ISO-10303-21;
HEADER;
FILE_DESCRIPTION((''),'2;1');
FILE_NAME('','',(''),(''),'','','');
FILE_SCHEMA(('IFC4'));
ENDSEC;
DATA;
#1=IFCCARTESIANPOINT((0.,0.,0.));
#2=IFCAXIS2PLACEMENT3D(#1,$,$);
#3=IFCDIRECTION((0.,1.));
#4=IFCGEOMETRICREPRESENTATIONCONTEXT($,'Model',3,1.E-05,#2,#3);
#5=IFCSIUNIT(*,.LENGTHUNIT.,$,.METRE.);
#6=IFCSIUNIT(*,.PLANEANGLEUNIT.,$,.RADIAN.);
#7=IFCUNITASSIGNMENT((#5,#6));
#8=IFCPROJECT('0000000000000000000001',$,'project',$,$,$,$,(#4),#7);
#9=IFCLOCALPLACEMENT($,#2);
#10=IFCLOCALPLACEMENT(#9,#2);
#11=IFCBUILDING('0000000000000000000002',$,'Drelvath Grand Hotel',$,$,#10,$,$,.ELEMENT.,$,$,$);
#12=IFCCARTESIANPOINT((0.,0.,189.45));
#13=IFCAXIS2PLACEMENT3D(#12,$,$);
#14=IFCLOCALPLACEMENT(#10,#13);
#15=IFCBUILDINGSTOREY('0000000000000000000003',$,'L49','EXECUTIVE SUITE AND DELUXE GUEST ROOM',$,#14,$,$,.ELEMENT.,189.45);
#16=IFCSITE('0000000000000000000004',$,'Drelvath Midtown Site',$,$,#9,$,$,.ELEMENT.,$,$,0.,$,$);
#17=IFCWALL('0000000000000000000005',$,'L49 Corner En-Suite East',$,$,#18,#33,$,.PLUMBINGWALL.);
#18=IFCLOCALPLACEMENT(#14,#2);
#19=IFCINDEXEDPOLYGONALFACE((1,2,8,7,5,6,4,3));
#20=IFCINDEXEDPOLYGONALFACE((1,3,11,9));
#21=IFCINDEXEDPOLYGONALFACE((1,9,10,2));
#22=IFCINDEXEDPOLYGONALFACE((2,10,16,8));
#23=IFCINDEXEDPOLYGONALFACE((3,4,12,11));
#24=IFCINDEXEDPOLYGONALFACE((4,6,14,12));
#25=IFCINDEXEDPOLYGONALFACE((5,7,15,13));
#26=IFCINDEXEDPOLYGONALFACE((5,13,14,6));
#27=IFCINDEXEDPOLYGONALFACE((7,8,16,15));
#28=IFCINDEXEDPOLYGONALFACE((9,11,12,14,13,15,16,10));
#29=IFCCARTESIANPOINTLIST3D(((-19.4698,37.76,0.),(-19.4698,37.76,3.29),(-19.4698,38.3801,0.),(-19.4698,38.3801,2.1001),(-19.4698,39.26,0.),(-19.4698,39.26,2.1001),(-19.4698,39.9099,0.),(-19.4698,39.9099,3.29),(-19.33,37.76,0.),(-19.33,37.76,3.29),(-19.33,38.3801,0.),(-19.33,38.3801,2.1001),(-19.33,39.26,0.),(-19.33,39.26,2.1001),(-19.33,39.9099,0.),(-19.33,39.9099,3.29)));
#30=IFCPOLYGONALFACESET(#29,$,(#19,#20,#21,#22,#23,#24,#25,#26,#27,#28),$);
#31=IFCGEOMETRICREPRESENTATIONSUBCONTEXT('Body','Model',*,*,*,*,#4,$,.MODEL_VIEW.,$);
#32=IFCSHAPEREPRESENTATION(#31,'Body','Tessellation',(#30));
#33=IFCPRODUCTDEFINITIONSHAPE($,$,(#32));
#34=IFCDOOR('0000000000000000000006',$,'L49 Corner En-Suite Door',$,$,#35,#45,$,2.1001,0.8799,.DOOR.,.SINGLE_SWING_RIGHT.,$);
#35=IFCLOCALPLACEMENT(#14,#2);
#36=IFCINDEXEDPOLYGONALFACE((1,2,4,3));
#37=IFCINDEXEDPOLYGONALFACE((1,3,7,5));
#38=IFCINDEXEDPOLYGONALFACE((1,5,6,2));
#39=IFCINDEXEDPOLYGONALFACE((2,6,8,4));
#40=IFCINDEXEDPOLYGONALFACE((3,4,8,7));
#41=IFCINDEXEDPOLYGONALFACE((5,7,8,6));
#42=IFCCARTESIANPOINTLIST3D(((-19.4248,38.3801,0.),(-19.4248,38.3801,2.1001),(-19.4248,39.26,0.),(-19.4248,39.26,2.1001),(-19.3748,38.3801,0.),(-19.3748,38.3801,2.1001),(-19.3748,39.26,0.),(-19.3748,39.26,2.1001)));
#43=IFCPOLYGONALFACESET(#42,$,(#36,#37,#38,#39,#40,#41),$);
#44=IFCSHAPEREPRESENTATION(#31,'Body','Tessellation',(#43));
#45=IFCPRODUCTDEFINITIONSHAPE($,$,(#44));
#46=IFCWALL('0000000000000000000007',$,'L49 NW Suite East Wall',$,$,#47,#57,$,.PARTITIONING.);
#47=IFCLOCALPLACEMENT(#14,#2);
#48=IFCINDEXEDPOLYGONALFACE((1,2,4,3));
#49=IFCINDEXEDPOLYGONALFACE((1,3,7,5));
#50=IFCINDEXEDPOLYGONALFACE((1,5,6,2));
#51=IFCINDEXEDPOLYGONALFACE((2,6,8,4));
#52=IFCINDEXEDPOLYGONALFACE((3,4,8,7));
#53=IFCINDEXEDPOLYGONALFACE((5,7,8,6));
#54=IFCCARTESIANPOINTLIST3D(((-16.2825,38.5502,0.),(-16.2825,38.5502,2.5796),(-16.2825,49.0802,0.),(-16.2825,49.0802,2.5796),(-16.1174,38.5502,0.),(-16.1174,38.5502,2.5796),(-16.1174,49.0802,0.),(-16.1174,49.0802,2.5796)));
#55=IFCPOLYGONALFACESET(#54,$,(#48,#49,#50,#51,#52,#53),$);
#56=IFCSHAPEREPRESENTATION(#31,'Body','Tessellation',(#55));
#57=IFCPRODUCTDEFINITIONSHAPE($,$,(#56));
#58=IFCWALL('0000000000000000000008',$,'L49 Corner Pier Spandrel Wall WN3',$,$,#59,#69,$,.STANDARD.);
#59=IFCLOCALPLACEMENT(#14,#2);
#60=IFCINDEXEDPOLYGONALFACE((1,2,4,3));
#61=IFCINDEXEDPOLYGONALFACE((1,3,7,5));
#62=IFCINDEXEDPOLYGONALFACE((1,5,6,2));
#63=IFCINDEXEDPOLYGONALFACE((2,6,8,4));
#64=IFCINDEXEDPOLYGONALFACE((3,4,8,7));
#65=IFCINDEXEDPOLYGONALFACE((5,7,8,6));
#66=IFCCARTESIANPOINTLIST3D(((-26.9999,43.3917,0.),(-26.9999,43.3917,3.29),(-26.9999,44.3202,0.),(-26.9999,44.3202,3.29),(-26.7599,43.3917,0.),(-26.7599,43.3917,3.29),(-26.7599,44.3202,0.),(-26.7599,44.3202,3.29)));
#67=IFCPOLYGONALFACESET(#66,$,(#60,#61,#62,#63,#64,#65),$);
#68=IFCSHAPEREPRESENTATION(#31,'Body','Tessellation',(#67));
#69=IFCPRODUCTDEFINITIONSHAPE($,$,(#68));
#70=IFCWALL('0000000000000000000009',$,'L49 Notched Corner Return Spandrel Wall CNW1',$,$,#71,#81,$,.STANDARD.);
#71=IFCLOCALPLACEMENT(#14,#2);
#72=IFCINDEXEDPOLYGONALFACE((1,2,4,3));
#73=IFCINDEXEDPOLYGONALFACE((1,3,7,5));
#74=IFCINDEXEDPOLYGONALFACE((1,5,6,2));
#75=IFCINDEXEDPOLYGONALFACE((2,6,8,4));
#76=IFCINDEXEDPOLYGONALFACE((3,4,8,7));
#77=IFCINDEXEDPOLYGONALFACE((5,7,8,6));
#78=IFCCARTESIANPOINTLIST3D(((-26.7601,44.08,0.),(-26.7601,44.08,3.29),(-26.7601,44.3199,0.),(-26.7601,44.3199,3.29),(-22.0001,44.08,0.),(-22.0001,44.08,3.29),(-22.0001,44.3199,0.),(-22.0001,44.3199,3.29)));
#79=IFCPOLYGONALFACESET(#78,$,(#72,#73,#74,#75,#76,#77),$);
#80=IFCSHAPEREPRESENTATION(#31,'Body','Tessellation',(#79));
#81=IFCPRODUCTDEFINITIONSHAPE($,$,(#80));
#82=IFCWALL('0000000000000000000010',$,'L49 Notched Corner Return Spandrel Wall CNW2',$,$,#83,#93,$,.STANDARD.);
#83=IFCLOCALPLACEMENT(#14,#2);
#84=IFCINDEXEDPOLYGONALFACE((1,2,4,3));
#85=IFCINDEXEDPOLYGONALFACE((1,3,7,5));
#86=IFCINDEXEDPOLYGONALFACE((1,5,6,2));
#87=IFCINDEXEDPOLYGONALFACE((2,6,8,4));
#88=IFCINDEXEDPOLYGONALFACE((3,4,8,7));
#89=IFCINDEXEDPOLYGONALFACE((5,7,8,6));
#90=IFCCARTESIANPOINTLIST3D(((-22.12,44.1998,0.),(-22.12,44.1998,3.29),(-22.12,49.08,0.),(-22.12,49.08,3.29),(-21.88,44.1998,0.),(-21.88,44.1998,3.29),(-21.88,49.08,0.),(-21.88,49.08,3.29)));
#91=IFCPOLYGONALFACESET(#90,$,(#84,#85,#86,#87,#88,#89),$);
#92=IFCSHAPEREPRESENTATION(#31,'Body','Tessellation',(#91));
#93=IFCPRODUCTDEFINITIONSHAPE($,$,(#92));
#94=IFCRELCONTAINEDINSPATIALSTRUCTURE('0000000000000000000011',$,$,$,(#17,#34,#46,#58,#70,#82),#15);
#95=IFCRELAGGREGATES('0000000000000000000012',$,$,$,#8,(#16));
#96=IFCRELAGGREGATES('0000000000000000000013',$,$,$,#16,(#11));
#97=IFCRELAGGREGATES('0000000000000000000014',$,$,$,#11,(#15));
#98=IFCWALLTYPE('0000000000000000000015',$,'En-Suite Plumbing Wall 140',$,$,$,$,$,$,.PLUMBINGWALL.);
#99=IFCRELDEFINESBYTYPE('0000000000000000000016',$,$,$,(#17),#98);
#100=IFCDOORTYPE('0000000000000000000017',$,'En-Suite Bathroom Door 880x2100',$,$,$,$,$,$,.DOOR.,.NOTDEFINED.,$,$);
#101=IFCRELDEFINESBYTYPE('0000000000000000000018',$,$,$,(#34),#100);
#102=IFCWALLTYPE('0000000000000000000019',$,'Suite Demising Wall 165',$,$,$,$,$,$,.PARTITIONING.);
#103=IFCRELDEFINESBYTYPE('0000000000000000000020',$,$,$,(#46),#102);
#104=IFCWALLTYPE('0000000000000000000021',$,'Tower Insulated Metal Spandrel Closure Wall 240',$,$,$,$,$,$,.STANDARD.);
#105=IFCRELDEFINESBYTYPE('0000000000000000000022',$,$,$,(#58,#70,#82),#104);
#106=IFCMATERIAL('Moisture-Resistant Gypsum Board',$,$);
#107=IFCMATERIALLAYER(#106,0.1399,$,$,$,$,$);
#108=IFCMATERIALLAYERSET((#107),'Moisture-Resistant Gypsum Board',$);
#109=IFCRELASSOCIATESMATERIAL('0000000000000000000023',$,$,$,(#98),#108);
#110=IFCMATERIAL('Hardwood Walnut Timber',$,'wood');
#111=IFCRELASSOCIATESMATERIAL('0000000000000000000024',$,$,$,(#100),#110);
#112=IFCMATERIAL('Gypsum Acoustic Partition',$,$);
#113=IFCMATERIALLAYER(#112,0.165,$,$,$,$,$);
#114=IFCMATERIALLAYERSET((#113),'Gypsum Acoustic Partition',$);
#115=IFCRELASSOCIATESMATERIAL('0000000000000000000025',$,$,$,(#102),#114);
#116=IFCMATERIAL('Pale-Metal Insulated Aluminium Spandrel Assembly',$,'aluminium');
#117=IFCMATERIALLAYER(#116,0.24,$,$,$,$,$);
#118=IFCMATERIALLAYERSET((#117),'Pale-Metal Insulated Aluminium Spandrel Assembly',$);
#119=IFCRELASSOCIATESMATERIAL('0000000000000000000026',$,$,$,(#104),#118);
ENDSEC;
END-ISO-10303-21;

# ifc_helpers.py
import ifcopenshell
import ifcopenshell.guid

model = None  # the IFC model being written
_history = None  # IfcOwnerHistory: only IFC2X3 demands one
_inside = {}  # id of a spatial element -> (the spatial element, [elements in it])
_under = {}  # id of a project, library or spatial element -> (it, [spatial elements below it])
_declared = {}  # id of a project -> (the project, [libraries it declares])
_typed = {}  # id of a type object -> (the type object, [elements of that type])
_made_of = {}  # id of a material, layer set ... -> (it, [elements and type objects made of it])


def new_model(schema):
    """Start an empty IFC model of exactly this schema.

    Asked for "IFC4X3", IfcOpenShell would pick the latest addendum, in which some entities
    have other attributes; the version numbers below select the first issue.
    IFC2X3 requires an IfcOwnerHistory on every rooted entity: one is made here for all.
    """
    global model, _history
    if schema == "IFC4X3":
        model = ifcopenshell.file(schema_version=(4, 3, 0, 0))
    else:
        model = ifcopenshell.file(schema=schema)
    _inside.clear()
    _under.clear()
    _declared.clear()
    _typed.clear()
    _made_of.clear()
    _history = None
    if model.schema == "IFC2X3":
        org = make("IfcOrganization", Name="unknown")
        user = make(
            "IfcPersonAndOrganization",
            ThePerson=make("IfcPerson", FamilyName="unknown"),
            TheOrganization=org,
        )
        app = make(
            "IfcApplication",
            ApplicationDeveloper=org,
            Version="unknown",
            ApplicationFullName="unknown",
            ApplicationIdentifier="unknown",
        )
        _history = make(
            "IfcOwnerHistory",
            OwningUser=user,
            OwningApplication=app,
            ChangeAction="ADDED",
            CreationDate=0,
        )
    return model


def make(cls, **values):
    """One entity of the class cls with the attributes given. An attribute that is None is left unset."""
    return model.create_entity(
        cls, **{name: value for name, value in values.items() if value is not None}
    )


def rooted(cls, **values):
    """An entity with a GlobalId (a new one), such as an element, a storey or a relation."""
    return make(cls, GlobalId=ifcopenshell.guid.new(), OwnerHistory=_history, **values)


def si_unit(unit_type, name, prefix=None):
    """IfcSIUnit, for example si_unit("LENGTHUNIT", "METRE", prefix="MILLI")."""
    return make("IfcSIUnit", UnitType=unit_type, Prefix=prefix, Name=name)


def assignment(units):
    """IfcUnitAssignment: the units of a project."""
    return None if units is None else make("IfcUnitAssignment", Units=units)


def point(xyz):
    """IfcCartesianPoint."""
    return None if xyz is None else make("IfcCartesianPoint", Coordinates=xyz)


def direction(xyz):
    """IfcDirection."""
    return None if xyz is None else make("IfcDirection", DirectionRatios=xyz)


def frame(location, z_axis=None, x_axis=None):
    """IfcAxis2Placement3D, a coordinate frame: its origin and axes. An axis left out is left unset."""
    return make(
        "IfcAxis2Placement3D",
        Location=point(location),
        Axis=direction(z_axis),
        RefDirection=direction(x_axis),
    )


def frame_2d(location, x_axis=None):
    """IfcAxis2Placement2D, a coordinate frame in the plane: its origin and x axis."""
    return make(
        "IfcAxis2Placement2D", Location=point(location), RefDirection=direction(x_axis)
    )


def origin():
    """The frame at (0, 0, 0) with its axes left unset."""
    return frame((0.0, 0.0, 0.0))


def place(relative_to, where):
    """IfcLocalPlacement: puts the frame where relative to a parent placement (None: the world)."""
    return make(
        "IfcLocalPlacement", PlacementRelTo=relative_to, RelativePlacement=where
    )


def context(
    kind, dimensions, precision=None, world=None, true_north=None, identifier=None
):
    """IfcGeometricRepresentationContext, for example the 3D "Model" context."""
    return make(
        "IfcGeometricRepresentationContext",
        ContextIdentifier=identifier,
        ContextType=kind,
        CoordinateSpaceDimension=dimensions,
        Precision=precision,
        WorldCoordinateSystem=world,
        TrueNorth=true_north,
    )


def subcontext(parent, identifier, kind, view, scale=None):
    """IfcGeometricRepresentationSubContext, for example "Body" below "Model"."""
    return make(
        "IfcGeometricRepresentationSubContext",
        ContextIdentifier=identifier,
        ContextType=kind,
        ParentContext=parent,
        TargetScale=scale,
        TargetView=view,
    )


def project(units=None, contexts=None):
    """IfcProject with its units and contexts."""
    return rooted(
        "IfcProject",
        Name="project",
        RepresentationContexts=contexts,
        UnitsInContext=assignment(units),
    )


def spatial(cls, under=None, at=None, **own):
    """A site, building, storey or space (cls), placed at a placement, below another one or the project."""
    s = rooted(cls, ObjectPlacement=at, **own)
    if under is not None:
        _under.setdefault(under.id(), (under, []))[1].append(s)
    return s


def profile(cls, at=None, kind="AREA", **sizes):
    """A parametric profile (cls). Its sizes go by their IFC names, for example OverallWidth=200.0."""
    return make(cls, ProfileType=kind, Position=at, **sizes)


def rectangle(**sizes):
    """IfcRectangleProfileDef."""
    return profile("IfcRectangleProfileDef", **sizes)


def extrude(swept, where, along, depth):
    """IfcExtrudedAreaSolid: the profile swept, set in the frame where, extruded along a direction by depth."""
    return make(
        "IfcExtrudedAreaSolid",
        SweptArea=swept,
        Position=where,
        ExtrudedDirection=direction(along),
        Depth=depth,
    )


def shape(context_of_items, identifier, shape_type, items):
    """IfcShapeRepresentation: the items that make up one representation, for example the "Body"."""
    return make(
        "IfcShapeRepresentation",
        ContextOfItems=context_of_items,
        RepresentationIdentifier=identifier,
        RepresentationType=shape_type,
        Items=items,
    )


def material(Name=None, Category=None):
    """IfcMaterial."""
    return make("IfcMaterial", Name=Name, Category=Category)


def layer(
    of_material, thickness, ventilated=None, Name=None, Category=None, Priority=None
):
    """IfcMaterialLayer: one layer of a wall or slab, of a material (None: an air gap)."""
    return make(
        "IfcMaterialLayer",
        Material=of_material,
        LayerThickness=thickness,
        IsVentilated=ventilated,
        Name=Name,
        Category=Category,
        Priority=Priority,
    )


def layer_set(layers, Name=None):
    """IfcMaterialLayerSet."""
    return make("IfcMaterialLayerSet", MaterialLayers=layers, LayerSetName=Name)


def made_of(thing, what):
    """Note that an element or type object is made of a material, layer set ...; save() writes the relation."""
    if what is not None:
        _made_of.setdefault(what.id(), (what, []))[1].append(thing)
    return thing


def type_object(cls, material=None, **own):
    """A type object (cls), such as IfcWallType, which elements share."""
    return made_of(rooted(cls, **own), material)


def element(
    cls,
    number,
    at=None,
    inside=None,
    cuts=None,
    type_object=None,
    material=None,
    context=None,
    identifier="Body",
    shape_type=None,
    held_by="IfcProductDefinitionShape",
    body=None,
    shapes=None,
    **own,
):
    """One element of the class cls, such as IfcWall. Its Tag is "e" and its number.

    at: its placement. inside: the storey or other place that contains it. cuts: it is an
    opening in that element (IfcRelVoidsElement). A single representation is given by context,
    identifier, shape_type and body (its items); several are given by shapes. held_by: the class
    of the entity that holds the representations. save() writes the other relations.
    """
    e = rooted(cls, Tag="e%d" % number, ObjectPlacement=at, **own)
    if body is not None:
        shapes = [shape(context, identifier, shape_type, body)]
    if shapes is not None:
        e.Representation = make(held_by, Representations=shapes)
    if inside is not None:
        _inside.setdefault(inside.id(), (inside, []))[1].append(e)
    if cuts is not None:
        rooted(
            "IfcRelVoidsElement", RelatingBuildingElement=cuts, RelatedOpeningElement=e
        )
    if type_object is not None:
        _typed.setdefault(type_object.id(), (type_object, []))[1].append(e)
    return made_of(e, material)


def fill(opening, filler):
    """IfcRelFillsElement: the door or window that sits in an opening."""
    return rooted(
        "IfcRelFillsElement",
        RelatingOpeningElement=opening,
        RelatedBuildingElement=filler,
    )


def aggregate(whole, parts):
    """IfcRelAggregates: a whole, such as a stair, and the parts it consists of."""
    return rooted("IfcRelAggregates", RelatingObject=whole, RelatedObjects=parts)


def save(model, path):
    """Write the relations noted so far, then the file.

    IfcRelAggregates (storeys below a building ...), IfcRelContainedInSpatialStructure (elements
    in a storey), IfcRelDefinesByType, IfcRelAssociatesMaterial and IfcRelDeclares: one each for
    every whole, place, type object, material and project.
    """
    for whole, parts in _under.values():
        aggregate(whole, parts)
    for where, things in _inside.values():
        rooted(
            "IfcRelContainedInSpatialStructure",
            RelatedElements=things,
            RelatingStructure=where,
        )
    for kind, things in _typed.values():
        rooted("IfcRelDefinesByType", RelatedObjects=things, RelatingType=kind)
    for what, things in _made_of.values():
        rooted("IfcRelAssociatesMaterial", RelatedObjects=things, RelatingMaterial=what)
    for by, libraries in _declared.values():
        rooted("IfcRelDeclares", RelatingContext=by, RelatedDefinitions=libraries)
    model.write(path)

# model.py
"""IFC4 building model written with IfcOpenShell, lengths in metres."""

from ifc_helpers import new_model, si_unit, direction, frame, frame_2d, origin, place, context, subcontext, project, spatial, rectangle, extrude, material, layer, layer_set, type_object, element, fill, save


model = new_model("IFC4")

# Units and contexts
model_context = context("Model", 3, precision=1e-05, world=origin(), true_north=direction((0.0, 1.0)))
body_context = subcontext(model_context, "Body", "Model", "MODEL_VIEW")
ifc_project = project(units=[si_unit("LENGTHUNIT", "METRE"), si_unit("PLANEANGLEUNIT", "RADIAN")], contexts=[model_context])

# Site, building, storey
site_placement = place(None, origin())
site = spatial("IfcSite", under=ifc_project, at=site_placement, Name="Drelvath Midtown Site", CompositionType="ELEMENT", RefElevation=0.0)
building_placement = place(site_placement, origin())
building = spatial("IfcBuilding", under=site, at=building_placement, Name="Drelvath Grand Hotel", CompositionType="ELEMENT")
storey_placement = place(building_placement, frame((0.0, 0.0, 189.45)))
storey = spatial("IfcBuildingStorey", under=building, at=storey_placement, Name="L49", Description="EXECUTIVE SUITE AND DELUXE GUEST ROOM", CompositionType="ELEMENT", Elevation=189.45)

# Shared definitions
ifc_material_1 = material(Name="Hardwood Walnut Timber", Category="wood")

# Shared definitions
ifc_material_2 = material(Name="Moisture-Resistant Gypsum Board")
ifc_layer_1 = layer(ifc_material_2, 0.1399)
ifc_layer_set_1 = layer_set([ifc_layer_1], Name="Moisture-Resistant Gypsum Board")
wall_type_1 = type_object("IfcWallType", Name="En-Suite Plumbing Wall 140", PredefinedType="PLUMBINGWALL", material=ifc_layer_set_1)

# Wall, opening, door
wall_1_placement = place(storey_placement, frame((-19.3999, 37.76, 0.0), z_axis=(0.0, 0.0, 1.0), x_axis=(0.0, 1.0, 0.0)))
wall_1 = element("IfcWall", 1, at=wall_1_placement, inside=storey, type_object=wall_type_1, Name="L49 Corner En-Suite East", PredefinedType="PLUMBINGWALL", context=body_context, shape_type="SweptSolid", body=[
    extrude(rectangle(XDim=2.1499, YDim=0.1399, at=frame_2d((1.075, 0.0))), origin(), (0.0, 0.0, 1.0), 3.29),
])
opening_1_placement = place(wall_1_placement, frame((0.6201, 0.0, 0.0)))
opening_1 = element("IfcOpeningElement", 2, at=opening_1_placement, cuts=wall_1, PredefinedType="OPENING", context=body_context, shape_type="SweptSolid", body=[
    extrude(rectangle(XDim=0.8799, YDim=2.1001, at=frame_2d((0.4399, 1.05))), frame((0.0, 0.0798, 0.0), z_axis=(0.0, -1.0, 0.0), x_axis=(1.0, 0.0, 0.0)), (0.0, 0.0, 1.0), 0.1599),
])
door_type_1 = type_object("IfcDoorType", Name="En-Suite Bathroom Door 880x2100", OperationType="NOTDEFINED", PredefinedType="DOOR", material=ifc_material_1)
door_1_placement = place(opening_1_placement, origin())
door_1 = element("IfcDoor", 3, at=door_1_placement, inside=storey, type_object=door_type_1, Name="L49 Corner En-Suite Door", OperationType="SINGLE_SWING_RIGHT", OverallHeight=2.1001, OverallWidth=0.8799, PredefinedType="DOOR", context=body_context, shape_type="SweptSolid", body=[
    extrude(rectangle(XDim=0.8799, YDim=2.1001, at=frame_2d((0.4399, 1.05))), frame((0.0, 0.0249, 0.0), z_axis=(0.0, -1.0, 0.0), x_axis=(1.0, 0.0, 0.0)), (0.0, 0.0, 1.0), 0.05),
])
fill(opening_1, door_1)

# Walls
ifc_material_3 = material(Name="Gypsum Acoustic Partition")
ifc_layer_2 = layer(ifc_material_3, 0.165)
ifc_layer_set_2 = layer_set([ifc_layer_2], Name="Gypsum Acoustic Partition")
wall_type_2 = type_object("IfcWallType", Name="Suite Demising Wall 165", PredefinedType="PARTITIONING", material=ifc_layer_set_2)
wall_2_placement = place(storey_placement, frame((-16.2, 38.55, 0.0), z_axis=(0.0, 0.0, 1.0), x_axis=(0.0, 1.0, 0.0)))
element("IfcWall", 4, at=wall_2_placement, inside=storey, type_object=wall_type_2, Name="L49 NW Suite East Wall", PredefinedType="PARTITIONING", context=body_context, shape_type="SweptSolid", body=[
    extrude(rectangle(XDim=10.53, YDim=0.165, at=frame_2d((5.2651, 0.0))), origin(), (0.0, 0.0, 1.0), 2.5796),
])
ifc_material_4 = material(Name="Pale-Metal Insulated Aluminium Spandrel Assembly", Category="aluminium")
ifc_layer_3 = layer(ifc_material_4, 0.24)
ifc_layer_set_3 = layer_set([ifc_layer_3], Name="Pale-Metal Insulated Aluminium Spandrel Assembly")
wall_type_3 = type_object("IfcWallType", Name="Tower Insulated Metal Spandrel Closure Wall 240", PredefinedType="STANDARD", material=ifc_layer_set_3)
wall_3_placement = place(storey_placement, frame((-26.8799, 43.3916, 0.0), z_axis=(0.0, 0.0, 1.0), x_axis=(0.0, 1.0, 0.0)))
element("IfcWall", 5, at=wall_3_placement, inside=storey, type_object=wall_type_3, Name="L49 Corner Pier Spandrel Wall WN3", PredefinedType="STANDARD", context=body_context, shape_type="SweptSolid", body=[
    extrude(rectangle(XDim=0.9285, YDim=0.24, at=frame_2d((0.4644, 0.0))), origin(), (0.0, 0.0, 1.0), 3.29),
])
wall_4_placement = place(storey_placement, frame((-26.76, 44.2, 0.0), z_axis=(0.0, 0.0, 1.0), x_axis=(1.0, 0.0, 0.0)))
element("IfcWall", 6, at=wall_4_placement, inside=storey, type_object=wall_type_3, Name="L49 Notched Corner Return Spandrel Wall CNW1", PredefinedType="STANDARD", context=body_context, shape_type="SweptSolid", body=[
    extrude(rectangle(XDim=4.76, YDim=0.24, at=frame_2d((2.3799, 0.0))), origin(), (0.0, 0.0, 1.0), 3.29),
])
wall_5_placement = place(storey_placement, frame((-22.0, 44.2, 0.0), z_axis=(0.0, 0.0, 1.0), x_axis=(0.0, 1.0, 0.0)))
element("IfcWall", 7, at=wall_5_placement, inside=storey, type_object=wall_type_3, Name="L49 Notched Corner Return Spandrel Wall CNW2", PredefinedType="STANDARD", context=body_context, shape_type="SweptSolid", body=[
    extrude(rectangle(XDim=4.8801, YDim=0.24, at=frame_2d((2.4399, 0.0))), origin(), (0.0, 0.0, 1.0), 3.29),
])

save(model, "model.ifc")
